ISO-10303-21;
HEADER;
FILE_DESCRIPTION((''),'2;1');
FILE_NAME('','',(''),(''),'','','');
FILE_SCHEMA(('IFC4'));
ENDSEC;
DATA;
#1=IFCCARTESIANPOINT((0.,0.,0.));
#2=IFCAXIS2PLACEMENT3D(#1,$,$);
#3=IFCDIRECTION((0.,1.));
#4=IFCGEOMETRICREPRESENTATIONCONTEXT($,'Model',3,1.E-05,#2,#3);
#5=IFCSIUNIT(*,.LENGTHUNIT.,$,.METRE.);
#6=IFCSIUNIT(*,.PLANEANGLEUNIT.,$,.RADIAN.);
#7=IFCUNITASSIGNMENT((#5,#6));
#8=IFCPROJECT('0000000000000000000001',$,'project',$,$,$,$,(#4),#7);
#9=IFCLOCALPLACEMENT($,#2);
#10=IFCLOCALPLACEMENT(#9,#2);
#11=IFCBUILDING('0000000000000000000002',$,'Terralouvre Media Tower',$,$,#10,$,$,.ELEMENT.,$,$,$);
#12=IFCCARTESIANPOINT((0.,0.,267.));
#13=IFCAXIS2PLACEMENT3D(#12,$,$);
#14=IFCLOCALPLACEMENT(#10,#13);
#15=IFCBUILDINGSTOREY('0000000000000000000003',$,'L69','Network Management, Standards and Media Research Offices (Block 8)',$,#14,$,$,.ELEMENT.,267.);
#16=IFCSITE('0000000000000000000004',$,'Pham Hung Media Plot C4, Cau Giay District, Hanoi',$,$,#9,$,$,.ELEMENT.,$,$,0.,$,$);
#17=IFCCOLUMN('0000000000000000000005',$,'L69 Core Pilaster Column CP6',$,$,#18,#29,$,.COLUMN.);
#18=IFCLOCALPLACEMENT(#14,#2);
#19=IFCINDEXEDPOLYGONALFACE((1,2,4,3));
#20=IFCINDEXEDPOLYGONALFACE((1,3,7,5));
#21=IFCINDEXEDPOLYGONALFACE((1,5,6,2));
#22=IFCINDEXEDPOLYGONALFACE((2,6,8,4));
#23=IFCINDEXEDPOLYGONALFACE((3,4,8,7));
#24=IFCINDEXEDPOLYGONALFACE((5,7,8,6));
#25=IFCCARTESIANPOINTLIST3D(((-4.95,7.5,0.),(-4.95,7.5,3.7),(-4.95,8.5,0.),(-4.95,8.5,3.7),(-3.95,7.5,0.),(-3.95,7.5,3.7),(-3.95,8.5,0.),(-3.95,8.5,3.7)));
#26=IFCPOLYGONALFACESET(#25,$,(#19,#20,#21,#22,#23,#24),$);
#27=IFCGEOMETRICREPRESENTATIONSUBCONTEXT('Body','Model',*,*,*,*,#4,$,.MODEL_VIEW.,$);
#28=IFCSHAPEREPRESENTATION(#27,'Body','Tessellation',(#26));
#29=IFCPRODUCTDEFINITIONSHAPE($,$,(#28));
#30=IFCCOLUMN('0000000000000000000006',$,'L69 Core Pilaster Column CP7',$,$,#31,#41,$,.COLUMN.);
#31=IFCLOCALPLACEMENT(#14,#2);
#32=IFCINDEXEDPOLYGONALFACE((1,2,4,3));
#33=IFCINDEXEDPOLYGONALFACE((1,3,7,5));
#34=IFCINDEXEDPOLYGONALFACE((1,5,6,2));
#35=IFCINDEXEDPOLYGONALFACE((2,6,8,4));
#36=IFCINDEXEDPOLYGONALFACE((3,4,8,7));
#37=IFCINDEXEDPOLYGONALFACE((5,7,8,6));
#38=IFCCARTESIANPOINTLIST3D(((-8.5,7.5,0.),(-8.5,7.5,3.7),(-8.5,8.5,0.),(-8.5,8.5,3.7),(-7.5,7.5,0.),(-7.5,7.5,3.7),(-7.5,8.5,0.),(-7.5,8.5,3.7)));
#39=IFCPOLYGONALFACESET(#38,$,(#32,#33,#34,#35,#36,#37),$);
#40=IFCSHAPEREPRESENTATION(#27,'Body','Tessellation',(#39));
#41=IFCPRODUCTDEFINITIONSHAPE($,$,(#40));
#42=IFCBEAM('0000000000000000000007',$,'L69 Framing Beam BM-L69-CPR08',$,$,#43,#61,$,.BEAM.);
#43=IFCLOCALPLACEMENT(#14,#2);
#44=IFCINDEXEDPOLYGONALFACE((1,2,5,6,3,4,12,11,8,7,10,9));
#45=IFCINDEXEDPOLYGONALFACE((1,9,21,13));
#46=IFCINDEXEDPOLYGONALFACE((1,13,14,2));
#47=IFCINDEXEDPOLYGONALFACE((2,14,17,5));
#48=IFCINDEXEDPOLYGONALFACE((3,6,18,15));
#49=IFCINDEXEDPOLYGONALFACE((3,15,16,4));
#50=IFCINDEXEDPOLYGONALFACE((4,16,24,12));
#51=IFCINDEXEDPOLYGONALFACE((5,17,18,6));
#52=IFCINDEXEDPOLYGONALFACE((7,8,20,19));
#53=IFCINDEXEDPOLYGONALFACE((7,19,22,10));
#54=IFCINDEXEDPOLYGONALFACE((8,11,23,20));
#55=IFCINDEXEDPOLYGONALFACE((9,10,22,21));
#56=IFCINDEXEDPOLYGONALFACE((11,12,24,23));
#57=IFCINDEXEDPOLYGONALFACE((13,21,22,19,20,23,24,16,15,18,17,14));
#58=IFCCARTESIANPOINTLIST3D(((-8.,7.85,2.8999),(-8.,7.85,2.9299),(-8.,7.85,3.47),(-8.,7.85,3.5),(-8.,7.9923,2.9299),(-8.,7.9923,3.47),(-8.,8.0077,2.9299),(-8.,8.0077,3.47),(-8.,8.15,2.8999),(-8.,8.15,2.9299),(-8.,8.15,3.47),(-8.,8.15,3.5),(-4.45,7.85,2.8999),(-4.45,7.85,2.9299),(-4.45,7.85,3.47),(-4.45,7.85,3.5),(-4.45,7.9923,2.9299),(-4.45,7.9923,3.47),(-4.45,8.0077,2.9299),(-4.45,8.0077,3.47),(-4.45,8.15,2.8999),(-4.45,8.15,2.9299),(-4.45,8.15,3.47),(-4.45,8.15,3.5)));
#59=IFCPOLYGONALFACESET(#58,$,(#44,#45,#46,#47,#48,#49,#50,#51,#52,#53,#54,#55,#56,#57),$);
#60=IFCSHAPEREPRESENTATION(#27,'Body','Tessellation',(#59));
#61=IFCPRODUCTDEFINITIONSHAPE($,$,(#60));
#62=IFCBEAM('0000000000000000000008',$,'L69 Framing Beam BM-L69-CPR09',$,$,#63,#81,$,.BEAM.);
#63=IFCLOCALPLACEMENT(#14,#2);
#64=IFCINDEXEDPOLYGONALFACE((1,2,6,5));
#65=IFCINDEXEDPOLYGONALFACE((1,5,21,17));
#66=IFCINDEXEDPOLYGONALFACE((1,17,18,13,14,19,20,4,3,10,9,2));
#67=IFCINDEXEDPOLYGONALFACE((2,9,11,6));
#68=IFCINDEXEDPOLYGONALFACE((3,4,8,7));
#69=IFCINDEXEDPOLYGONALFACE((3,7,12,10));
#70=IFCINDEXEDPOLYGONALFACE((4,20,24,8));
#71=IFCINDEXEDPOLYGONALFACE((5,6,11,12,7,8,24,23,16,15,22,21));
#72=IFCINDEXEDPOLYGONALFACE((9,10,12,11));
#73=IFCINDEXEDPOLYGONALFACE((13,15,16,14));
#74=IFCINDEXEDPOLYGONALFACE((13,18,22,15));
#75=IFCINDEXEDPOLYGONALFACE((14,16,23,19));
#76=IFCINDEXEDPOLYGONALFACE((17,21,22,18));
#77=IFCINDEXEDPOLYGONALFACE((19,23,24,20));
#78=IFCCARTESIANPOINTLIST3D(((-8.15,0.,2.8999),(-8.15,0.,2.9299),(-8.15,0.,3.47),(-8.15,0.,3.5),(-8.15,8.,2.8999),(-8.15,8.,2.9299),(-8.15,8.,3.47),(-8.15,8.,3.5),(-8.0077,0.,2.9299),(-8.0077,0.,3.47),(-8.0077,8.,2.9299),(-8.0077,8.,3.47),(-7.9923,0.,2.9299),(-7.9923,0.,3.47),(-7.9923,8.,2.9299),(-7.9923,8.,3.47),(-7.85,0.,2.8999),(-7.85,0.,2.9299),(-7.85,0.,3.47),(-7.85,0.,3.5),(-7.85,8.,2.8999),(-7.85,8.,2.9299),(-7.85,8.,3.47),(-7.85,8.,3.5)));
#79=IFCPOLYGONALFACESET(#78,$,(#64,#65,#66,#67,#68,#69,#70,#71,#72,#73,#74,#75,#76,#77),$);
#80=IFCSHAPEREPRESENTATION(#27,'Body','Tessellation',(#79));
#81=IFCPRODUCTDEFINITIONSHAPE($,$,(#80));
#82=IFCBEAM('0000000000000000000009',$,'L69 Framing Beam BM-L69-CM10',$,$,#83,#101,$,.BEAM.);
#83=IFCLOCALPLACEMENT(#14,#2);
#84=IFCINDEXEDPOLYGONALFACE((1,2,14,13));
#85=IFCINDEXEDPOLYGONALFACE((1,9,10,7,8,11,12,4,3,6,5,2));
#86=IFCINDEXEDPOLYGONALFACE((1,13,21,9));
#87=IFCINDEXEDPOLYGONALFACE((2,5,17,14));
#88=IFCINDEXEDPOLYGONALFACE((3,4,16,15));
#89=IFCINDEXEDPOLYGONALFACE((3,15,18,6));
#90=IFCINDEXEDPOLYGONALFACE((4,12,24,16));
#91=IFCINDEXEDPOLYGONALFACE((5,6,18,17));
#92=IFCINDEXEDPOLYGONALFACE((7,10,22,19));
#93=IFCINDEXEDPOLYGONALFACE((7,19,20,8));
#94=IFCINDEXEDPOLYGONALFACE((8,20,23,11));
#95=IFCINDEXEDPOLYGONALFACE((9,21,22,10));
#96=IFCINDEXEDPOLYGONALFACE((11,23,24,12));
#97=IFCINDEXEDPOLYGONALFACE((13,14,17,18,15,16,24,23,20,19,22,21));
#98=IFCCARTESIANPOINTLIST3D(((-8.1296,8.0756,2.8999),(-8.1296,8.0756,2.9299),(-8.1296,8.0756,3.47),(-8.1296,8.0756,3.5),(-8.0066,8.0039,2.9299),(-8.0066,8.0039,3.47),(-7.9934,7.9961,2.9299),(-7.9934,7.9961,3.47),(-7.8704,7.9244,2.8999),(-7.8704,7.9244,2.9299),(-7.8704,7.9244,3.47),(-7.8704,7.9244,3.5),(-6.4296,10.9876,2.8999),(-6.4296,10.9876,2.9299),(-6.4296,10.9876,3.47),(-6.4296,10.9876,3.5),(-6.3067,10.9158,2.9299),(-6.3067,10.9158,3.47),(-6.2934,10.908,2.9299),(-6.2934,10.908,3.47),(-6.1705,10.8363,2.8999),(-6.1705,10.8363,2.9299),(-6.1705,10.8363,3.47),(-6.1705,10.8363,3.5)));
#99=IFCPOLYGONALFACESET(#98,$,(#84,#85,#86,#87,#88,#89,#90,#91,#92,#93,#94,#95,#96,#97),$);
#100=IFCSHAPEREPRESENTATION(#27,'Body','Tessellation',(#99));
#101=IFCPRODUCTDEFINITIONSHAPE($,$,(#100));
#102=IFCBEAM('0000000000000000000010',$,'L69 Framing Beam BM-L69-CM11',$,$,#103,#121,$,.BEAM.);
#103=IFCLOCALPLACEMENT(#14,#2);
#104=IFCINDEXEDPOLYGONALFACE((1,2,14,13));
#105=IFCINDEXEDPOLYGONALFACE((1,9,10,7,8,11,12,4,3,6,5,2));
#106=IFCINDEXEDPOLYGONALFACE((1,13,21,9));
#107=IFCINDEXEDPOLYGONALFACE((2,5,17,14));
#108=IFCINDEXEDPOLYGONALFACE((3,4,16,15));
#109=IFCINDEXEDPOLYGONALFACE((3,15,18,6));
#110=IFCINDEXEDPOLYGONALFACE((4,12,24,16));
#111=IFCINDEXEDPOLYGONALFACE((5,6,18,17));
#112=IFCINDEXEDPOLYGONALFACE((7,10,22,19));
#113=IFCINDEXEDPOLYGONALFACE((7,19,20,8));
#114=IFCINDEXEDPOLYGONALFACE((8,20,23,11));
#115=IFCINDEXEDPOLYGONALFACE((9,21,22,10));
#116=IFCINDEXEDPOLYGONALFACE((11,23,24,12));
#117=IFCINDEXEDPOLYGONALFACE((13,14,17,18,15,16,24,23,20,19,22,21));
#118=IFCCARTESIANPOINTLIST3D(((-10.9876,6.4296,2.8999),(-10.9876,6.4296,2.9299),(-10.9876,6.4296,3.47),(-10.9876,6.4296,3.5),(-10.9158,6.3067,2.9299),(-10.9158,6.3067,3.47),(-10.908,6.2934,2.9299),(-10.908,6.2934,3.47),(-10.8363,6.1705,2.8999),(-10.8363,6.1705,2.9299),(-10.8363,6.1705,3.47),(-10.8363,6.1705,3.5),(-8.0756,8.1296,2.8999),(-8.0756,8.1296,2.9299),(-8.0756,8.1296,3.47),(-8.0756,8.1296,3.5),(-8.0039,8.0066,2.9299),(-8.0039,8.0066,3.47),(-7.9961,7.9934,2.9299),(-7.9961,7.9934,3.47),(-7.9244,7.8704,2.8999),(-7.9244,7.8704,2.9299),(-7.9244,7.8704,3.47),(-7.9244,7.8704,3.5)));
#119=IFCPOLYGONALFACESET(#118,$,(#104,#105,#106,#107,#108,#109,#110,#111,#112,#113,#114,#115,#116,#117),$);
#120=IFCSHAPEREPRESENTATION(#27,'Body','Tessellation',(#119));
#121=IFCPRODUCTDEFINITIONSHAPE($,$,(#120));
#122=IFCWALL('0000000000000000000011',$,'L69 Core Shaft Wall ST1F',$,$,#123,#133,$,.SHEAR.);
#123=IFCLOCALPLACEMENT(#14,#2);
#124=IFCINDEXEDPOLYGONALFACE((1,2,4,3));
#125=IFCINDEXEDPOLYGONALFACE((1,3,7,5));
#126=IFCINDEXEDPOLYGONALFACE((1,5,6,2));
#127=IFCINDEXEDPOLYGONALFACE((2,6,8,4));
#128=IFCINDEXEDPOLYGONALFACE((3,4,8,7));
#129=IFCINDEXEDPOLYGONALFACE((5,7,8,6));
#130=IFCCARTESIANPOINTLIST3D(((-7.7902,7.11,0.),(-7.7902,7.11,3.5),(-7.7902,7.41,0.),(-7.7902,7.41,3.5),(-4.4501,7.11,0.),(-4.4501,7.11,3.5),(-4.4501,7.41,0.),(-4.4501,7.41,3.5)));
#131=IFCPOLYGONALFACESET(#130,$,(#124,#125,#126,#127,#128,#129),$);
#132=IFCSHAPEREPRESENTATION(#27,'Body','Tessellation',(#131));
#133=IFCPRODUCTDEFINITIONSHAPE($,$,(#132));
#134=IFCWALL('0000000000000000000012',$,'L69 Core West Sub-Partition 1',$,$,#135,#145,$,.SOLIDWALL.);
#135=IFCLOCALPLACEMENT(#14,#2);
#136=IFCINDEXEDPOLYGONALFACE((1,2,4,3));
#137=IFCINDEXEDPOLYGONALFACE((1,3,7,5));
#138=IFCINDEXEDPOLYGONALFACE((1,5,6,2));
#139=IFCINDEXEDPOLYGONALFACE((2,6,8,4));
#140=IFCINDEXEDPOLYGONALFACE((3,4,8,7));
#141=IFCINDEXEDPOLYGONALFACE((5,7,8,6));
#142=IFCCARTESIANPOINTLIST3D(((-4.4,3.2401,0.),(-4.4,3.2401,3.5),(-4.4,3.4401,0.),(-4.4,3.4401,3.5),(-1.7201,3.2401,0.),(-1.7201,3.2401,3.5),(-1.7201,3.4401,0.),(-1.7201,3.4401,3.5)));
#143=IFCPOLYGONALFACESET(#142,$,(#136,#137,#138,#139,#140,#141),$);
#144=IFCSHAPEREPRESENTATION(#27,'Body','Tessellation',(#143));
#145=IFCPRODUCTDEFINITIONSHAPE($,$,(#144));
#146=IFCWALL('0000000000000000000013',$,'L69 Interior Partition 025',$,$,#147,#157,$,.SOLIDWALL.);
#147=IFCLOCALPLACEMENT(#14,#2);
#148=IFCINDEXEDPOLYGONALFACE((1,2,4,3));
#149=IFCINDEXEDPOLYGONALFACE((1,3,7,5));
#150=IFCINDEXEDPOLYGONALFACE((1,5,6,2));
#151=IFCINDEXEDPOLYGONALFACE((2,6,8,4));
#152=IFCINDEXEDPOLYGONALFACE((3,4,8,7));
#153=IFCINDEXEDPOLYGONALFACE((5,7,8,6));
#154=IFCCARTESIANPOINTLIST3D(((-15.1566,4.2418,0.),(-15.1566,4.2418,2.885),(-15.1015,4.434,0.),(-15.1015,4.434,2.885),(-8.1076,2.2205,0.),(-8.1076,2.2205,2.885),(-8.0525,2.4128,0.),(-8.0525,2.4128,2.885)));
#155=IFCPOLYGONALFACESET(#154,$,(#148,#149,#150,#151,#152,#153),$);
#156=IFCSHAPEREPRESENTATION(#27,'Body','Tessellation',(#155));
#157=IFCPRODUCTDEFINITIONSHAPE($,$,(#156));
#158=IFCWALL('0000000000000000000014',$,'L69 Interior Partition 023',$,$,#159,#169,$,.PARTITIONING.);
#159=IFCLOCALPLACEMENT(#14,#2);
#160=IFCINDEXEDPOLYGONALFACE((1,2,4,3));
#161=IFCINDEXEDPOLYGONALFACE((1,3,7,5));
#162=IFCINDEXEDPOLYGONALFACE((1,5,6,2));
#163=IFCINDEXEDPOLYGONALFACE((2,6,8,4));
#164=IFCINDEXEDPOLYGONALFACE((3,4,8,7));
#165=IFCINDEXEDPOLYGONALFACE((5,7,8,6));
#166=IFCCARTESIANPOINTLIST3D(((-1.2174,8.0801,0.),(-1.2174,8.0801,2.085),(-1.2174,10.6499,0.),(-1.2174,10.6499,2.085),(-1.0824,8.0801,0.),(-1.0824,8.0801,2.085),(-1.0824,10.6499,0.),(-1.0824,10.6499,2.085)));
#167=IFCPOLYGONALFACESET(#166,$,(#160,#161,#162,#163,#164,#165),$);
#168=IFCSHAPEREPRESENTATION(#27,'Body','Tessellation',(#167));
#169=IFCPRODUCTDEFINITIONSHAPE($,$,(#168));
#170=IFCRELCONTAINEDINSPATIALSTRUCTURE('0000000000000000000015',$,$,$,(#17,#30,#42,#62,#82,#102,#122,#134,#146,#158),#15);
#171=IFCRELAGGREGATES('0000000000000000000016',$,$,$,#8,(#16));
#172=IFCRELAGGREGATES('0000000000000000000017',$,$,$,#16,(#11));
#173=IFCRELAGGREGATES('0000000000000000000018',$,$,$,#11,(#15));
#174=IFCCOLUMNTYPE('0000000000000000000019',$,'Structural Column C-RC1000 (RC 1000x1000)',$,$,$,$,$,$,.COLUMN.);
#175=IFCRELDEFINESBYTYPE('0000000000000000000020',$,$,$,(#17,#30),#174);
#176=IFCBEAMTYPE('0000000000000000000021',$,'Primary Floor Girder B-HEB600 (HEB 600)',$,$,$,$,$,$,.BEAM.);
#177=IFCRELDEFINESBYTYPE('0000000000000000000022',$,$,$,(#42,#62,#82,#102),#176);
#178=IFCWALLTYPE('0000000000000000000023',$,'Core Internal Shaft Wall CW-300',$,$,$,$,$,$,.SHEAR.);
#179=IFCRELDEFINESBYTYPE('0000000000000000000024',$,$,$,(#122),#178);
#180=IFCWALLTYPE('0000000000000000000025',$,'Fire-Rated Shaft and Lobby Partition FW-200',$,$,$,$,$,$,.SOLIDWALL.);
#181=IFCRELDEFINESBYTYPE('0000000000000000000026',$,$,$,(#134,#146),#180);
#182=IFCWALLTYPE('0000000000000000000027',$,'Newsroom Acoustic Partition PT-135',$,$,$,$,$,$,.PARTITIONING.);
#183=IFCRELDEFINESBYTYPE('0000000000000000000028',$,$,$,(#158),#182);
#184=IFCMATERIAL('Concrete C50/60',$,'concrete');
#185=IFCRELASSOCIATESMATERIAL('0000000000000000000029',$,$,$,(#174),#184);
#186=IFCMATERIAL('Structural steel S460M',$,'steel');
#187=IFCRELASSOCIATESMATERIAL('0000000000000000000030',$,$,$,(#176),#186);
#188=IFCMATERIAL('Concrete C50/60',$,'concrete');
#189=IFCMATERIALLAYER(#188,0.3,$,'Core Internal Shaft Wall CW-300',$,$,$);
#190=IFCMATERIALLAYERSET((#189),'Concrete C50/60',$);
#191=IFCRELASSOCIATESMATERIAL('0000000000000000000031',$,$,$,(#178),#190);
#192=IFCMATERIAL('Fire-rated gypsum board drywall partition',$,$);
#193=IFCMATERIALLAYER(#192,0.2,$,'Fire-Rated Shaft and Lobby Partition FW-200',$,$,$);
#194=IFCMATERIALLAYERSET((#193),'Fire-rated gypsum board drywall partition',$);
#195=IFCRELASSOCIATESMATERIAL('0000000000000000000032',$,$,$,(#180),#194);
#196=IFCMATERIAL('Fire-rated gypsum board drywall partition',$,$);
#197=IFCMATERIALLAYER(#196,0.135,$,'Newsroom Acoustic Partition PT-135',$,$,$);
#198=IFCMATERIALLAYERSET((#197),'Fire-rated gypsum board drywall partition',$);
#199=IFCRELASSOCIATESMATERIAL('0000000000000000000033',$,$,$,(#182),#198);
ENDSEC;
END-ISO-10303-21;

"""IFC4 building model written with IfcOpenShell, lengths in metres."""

from ifc_helpers import new_model, si_unit, direction, frame, frame_2d, origin, origin_2d, place, context, subcontext, project, spatial, rectangle, i_section, extrude, material, layer, layer_set, material_profile, profile_set, type_object, element, save


model = new_model("IFC4")

# Units and contexts
model_context = context("Model", 3, precision=1e-05, world=origin(), true_north=direction((0.0, 1.0)))
body_context = subcontext(model_context, "Body", "Model", "MODEL_VIEW")
ifc_project = project(units=[si_unit("LENGTHUNIT", "METRE"), si_unit("PLANEANGLEUNIT", "RADIAN")], contexts=[model_context])

# Site, building, storey
site_placement = place(None, origin())
site = spatial("IfcSite", under=ifc_project, at=site_placement, Name="Pham Hung Media Plot C4, Cau Giay District, Hanoi", CompositionType="ELEMENT", RefElevation=0.0)
building_placement = place(site_placement, origin())
building = spatial("IfcBuilding", under=site, at=building_placement, Name="Terralouvre Media Tower", CompositionType="ELEMENT")
storey_placement = place(building_placement, frame((0.0, 0.0, 267.0)))
storey = spatial("IfcBuildingStorey", under=building, at=storey_placement, Name="L69", Description="Network Management, Standards and Media Research Offices (Block 8)", CompositionType="ELEMENT", Elevation=267.0)

# Columns
ifc_material_1 = material(Name="Concrete C50/60", Category="concrete")
ifc_material_profile_1 = material_profile(ifc_material_1, rectangle(XDim=1.0, YDim=1.0, at=origin_2d()), Name="RC 1000x1000")
ifc_profile_set_1 = profile_set([ifc_material_profile_1], Name="Concrete C50/60")
column_type = type_object("IfcColumnType", Name="Structural Column C-RC1000 (RC 1000x1000)", PredefinedType="COLUMN", material=ifc_profile_set_1)
for number, where, z_axis, x_axis, name in (
    (1, (-4.45, 8.0, 0.0), (0.0, 0.0, 1.0), (1.0, 0.0, 0.0), "L69 Core Pilaster Column CP6"),
    (2, (-8.0, 8.0, 0.0), (0.0, 0.0, 1.0), (1.0, 0.0, 0.0), "L69 Core Pilaster Column CP7"),
):
    element("IfcColumn", number, at=place(storey_placement, frame(where, z_axis=z_axis, x_axis=x_axis)), inside=storey, type_object=column_type, Name=name, PredefinedType="COLUMN", context=body_context, shape_type="SweptSolid", body=[
        extrude(rectangle(XDim=1.0, YDim=1.0, at=origin_2d()), origin(), (0.0, 0.0, 1.0), 3.7),
    ])

# Beams
ifc_material_2 = material(Name="Structural steel S460M", Category="steel")
ifc_material_profile_2 = material_profile(ifc_material_2, i_section(OverallWidth=0.3, OverallDepth=0.6001, WebThickness=0.0154, FlangeThickness=0.03, at=origin_2d()), Name="HEB 600")
ifc_profile_set_2 = profile_set([ifc_material_profile_2], Name="Structural steel S460M")
beam_type = type_object("IfcBeamType", Name="Primary Floor Girder B-HEB600 (HEB 600)", PredefinedType="BEAM", material=ifc_profile_set_2)
beam_1_placement = place(storey_placement, frame((-4.45, 8.0, 3.2), z_axis=(-1.0, 0.0, 0.0), x_axis=(0.0, -1.0, 0.0)))
element("IfcBeam", 3, at=beam_1_placement, inside=storey, type_object=beam_type, Name="L69 Framing Beam BM-L69-CPR08", PredefinedType="BEAM", context=body_context, shape_type="SweptSolid", body=[
    extrude(i_section(OverallWidth=0.3, OverallDepth=0.6001, WebThickness=0.0154, FlangeThickness=0.03, at=origin_2d()), origin(), (0.0, 0.0, 1.0), 3.55),
])
beam_2_placement = place(storey_placement, frame((-8.0, 8.0, 3.2), z_axis=(0.0, -1.0, 0.0), x_axis=(1.0, 0.0, 0.0)))
element("IfcBeam", 4, at=beam_2_placement, inside=storey, type_object=beam_type, Name="L69 Framing Beam BM-L69-CPR09", PredefinedType="BEAM", context=body_context, shape_type="SweptSolid", body=[
    extrude(i_section(OverallWidth=0.3, OverallDepth=0.6001, WebThickness=0.0154, FlangeThickness=0.03, at=origin_2d()), origin(), (0.0, 0.0, 1.0), 8.0),
])
for number, where, z_axis, x_axis, name in (
    (5, (-8.0, 8.0, 3.2), (0.504173, 0.863603, 0.0), (-0.863603, 0.504173, 0.0), "L69 Framing Beam BM-L69-CM10"),
    (6, (-8.0, 8.0, 3.2), (-0.863603, -0.504173, 0.0), (0.504173, -0.863603, 0.0), "L69 Framing Beam BM-L69-CM11"),
):
    element("IfcBeam", number, at=place(storey_placement, frame(where, z_axis=z_axis, x_axis=x_axis)), inside=storey, type_object=beam_type, Name=name, PredefinedType="BEAM", context=body_context, shape_type="SweptSolid", body=[
        extrude(i_section(OverallWidth=0.3, OverallDepth=0.6001, WebThickness=0.0154, FlangeThickness=0.03, at=origin_2d()), origin(), (0.0, 0.0, 1.0), 3.3718),
    ])

# Shared definitions
ifc_material_3 = material(Name="Concrete C50/60", Category="concrete")
ifc_layer_1 = layer(ifc_material_3, 0.3, Name="Core Internal Shaft Wall CW-300")
ifc_layer_set_1 = layer_set([ifc_layer_1], Name="Concrete C50/60")
wall_type_1 = type_object("IfcWallType", Name="Core Internal Shaft Wall CW-300", PredefinedType="SHEAR", material=ifc_layer_set_1)

# Wall
wall_1_placement = place(storey_placement, frame((-7.79, 7.26, 0.0), z_axis=(0.0, 0.0, 1.0), x_axis=(1.0, 0.0, 0.0)))
element("IfcWall", 7, at=wall_1_placement, inside=storey, type_object=wall_type_1, Name="L69 Core Shaft Wall ST1F", PredefinedType="SHEAR", context=body_context, shape_type="SweptSolid", body=[
    extrude(rectangle(XDim=3.3401, YDim=0.3, at=frame_2d((1.6699, 0.0))), origin(), (0.0, 0.0, 1.0), 3.5),
])

# Walls
ifc_material_4 = material(Name="Fire-rated gypsum board drywall partition")
ifc_layer_2 = layer(ifc_material_4, 0.2, Name="Fire-Rated Shaft and Lobby Partition FW-200")
ifc_layer_set_2 = layer_set([ifc_layer_2], Name="Fire-rated gypsum board drywall partition")
wall_type_2 = type_object("IfcWallType", Name="Fire-Rated Shaft and Lobby Partition FW-200", PredefinedType="SOLIDWALL", material=ifc_layer_set_2)
wall_2_placement = place(storey_placement, frame((-4.3999, 3.3401, 0.0), z_axis=(0.0, 0.0, 1.0), x_axis=(1.0, 0.0, 0.0)))
element("IfcWall", 8, at=wall_2_placement, inside=storey, type_object=wall_type_2, Name="L69 Core West Sub-Partition 1", PredefinedType="SOLIDWALL", context=body_context, shape_type="SweptSolid", body=[
    extrude(rectangle(XDim=2.6799, YDim=0.2, at=frame_2d((1.3398, 0.0))), origin(), (0.0, 0.0, 1.0), 3.5),
])
wall_3_placement = place(storey_placement, frame((-8.0801, 2.3167, 0.0), z_axis=(0.0, 0.0, 1.0), x_axis=(-0.961261, 0.27564, 0.0)))
element("IfcWall", 9, at=wall_3_placement, inside=storey, type_object=wall_type_2, Name="L69 Interior Partition 025", PredefinedType="SOLIDWALL", context=body_context, shape_type="SweptSolid", body=[
    extrude(rectangle(XDim=7.333, YDim=0.2, at=frame_2d((3.6665, 0.0))), origin(), (0.0, 0.0, 1.0), 2.885),
])
ifc_material_5 = material(Name="Fire-rated gypsum board drywall partition")
ifc_layer_3 = layer(ifc_material_5, 0.135, Name="Newsroom Acoustic Partition PT-135")
ifc_layer_set_3 = layer_set([ifc_layer_3], Name="Fire-rated gypsum board drywall partition")
wall_type_3 = type_object("IfcWallType", Name="Newsroom Acoustic Partition PT-135", PredefinedType="PARTITIONING", material=ifc_layer_set_3)
wall_4_placement = place(storey_placement, frame((-1.1499, 10.6499, 0.0), z_axis=(0.0, 0.0, 1.0), x_axis=(0.0, -1.0, 0.0)))
element("IfcWall", 10, at=wall_4_placement, inside=storey, type_object=wall_type_3, Name="L69 Interior Partition 023", PredefinedType="PARTITIONING", context=body_context, shape_type="SweptSolid", body=[
    extrude(rectangle(XDim=2.5698, YDim=0.135, at=frame_2d((1.2849, 0.0))), origin(), (0.0, 0.0, 1.0), 2.085),
])

save(model, "model.ifc")
